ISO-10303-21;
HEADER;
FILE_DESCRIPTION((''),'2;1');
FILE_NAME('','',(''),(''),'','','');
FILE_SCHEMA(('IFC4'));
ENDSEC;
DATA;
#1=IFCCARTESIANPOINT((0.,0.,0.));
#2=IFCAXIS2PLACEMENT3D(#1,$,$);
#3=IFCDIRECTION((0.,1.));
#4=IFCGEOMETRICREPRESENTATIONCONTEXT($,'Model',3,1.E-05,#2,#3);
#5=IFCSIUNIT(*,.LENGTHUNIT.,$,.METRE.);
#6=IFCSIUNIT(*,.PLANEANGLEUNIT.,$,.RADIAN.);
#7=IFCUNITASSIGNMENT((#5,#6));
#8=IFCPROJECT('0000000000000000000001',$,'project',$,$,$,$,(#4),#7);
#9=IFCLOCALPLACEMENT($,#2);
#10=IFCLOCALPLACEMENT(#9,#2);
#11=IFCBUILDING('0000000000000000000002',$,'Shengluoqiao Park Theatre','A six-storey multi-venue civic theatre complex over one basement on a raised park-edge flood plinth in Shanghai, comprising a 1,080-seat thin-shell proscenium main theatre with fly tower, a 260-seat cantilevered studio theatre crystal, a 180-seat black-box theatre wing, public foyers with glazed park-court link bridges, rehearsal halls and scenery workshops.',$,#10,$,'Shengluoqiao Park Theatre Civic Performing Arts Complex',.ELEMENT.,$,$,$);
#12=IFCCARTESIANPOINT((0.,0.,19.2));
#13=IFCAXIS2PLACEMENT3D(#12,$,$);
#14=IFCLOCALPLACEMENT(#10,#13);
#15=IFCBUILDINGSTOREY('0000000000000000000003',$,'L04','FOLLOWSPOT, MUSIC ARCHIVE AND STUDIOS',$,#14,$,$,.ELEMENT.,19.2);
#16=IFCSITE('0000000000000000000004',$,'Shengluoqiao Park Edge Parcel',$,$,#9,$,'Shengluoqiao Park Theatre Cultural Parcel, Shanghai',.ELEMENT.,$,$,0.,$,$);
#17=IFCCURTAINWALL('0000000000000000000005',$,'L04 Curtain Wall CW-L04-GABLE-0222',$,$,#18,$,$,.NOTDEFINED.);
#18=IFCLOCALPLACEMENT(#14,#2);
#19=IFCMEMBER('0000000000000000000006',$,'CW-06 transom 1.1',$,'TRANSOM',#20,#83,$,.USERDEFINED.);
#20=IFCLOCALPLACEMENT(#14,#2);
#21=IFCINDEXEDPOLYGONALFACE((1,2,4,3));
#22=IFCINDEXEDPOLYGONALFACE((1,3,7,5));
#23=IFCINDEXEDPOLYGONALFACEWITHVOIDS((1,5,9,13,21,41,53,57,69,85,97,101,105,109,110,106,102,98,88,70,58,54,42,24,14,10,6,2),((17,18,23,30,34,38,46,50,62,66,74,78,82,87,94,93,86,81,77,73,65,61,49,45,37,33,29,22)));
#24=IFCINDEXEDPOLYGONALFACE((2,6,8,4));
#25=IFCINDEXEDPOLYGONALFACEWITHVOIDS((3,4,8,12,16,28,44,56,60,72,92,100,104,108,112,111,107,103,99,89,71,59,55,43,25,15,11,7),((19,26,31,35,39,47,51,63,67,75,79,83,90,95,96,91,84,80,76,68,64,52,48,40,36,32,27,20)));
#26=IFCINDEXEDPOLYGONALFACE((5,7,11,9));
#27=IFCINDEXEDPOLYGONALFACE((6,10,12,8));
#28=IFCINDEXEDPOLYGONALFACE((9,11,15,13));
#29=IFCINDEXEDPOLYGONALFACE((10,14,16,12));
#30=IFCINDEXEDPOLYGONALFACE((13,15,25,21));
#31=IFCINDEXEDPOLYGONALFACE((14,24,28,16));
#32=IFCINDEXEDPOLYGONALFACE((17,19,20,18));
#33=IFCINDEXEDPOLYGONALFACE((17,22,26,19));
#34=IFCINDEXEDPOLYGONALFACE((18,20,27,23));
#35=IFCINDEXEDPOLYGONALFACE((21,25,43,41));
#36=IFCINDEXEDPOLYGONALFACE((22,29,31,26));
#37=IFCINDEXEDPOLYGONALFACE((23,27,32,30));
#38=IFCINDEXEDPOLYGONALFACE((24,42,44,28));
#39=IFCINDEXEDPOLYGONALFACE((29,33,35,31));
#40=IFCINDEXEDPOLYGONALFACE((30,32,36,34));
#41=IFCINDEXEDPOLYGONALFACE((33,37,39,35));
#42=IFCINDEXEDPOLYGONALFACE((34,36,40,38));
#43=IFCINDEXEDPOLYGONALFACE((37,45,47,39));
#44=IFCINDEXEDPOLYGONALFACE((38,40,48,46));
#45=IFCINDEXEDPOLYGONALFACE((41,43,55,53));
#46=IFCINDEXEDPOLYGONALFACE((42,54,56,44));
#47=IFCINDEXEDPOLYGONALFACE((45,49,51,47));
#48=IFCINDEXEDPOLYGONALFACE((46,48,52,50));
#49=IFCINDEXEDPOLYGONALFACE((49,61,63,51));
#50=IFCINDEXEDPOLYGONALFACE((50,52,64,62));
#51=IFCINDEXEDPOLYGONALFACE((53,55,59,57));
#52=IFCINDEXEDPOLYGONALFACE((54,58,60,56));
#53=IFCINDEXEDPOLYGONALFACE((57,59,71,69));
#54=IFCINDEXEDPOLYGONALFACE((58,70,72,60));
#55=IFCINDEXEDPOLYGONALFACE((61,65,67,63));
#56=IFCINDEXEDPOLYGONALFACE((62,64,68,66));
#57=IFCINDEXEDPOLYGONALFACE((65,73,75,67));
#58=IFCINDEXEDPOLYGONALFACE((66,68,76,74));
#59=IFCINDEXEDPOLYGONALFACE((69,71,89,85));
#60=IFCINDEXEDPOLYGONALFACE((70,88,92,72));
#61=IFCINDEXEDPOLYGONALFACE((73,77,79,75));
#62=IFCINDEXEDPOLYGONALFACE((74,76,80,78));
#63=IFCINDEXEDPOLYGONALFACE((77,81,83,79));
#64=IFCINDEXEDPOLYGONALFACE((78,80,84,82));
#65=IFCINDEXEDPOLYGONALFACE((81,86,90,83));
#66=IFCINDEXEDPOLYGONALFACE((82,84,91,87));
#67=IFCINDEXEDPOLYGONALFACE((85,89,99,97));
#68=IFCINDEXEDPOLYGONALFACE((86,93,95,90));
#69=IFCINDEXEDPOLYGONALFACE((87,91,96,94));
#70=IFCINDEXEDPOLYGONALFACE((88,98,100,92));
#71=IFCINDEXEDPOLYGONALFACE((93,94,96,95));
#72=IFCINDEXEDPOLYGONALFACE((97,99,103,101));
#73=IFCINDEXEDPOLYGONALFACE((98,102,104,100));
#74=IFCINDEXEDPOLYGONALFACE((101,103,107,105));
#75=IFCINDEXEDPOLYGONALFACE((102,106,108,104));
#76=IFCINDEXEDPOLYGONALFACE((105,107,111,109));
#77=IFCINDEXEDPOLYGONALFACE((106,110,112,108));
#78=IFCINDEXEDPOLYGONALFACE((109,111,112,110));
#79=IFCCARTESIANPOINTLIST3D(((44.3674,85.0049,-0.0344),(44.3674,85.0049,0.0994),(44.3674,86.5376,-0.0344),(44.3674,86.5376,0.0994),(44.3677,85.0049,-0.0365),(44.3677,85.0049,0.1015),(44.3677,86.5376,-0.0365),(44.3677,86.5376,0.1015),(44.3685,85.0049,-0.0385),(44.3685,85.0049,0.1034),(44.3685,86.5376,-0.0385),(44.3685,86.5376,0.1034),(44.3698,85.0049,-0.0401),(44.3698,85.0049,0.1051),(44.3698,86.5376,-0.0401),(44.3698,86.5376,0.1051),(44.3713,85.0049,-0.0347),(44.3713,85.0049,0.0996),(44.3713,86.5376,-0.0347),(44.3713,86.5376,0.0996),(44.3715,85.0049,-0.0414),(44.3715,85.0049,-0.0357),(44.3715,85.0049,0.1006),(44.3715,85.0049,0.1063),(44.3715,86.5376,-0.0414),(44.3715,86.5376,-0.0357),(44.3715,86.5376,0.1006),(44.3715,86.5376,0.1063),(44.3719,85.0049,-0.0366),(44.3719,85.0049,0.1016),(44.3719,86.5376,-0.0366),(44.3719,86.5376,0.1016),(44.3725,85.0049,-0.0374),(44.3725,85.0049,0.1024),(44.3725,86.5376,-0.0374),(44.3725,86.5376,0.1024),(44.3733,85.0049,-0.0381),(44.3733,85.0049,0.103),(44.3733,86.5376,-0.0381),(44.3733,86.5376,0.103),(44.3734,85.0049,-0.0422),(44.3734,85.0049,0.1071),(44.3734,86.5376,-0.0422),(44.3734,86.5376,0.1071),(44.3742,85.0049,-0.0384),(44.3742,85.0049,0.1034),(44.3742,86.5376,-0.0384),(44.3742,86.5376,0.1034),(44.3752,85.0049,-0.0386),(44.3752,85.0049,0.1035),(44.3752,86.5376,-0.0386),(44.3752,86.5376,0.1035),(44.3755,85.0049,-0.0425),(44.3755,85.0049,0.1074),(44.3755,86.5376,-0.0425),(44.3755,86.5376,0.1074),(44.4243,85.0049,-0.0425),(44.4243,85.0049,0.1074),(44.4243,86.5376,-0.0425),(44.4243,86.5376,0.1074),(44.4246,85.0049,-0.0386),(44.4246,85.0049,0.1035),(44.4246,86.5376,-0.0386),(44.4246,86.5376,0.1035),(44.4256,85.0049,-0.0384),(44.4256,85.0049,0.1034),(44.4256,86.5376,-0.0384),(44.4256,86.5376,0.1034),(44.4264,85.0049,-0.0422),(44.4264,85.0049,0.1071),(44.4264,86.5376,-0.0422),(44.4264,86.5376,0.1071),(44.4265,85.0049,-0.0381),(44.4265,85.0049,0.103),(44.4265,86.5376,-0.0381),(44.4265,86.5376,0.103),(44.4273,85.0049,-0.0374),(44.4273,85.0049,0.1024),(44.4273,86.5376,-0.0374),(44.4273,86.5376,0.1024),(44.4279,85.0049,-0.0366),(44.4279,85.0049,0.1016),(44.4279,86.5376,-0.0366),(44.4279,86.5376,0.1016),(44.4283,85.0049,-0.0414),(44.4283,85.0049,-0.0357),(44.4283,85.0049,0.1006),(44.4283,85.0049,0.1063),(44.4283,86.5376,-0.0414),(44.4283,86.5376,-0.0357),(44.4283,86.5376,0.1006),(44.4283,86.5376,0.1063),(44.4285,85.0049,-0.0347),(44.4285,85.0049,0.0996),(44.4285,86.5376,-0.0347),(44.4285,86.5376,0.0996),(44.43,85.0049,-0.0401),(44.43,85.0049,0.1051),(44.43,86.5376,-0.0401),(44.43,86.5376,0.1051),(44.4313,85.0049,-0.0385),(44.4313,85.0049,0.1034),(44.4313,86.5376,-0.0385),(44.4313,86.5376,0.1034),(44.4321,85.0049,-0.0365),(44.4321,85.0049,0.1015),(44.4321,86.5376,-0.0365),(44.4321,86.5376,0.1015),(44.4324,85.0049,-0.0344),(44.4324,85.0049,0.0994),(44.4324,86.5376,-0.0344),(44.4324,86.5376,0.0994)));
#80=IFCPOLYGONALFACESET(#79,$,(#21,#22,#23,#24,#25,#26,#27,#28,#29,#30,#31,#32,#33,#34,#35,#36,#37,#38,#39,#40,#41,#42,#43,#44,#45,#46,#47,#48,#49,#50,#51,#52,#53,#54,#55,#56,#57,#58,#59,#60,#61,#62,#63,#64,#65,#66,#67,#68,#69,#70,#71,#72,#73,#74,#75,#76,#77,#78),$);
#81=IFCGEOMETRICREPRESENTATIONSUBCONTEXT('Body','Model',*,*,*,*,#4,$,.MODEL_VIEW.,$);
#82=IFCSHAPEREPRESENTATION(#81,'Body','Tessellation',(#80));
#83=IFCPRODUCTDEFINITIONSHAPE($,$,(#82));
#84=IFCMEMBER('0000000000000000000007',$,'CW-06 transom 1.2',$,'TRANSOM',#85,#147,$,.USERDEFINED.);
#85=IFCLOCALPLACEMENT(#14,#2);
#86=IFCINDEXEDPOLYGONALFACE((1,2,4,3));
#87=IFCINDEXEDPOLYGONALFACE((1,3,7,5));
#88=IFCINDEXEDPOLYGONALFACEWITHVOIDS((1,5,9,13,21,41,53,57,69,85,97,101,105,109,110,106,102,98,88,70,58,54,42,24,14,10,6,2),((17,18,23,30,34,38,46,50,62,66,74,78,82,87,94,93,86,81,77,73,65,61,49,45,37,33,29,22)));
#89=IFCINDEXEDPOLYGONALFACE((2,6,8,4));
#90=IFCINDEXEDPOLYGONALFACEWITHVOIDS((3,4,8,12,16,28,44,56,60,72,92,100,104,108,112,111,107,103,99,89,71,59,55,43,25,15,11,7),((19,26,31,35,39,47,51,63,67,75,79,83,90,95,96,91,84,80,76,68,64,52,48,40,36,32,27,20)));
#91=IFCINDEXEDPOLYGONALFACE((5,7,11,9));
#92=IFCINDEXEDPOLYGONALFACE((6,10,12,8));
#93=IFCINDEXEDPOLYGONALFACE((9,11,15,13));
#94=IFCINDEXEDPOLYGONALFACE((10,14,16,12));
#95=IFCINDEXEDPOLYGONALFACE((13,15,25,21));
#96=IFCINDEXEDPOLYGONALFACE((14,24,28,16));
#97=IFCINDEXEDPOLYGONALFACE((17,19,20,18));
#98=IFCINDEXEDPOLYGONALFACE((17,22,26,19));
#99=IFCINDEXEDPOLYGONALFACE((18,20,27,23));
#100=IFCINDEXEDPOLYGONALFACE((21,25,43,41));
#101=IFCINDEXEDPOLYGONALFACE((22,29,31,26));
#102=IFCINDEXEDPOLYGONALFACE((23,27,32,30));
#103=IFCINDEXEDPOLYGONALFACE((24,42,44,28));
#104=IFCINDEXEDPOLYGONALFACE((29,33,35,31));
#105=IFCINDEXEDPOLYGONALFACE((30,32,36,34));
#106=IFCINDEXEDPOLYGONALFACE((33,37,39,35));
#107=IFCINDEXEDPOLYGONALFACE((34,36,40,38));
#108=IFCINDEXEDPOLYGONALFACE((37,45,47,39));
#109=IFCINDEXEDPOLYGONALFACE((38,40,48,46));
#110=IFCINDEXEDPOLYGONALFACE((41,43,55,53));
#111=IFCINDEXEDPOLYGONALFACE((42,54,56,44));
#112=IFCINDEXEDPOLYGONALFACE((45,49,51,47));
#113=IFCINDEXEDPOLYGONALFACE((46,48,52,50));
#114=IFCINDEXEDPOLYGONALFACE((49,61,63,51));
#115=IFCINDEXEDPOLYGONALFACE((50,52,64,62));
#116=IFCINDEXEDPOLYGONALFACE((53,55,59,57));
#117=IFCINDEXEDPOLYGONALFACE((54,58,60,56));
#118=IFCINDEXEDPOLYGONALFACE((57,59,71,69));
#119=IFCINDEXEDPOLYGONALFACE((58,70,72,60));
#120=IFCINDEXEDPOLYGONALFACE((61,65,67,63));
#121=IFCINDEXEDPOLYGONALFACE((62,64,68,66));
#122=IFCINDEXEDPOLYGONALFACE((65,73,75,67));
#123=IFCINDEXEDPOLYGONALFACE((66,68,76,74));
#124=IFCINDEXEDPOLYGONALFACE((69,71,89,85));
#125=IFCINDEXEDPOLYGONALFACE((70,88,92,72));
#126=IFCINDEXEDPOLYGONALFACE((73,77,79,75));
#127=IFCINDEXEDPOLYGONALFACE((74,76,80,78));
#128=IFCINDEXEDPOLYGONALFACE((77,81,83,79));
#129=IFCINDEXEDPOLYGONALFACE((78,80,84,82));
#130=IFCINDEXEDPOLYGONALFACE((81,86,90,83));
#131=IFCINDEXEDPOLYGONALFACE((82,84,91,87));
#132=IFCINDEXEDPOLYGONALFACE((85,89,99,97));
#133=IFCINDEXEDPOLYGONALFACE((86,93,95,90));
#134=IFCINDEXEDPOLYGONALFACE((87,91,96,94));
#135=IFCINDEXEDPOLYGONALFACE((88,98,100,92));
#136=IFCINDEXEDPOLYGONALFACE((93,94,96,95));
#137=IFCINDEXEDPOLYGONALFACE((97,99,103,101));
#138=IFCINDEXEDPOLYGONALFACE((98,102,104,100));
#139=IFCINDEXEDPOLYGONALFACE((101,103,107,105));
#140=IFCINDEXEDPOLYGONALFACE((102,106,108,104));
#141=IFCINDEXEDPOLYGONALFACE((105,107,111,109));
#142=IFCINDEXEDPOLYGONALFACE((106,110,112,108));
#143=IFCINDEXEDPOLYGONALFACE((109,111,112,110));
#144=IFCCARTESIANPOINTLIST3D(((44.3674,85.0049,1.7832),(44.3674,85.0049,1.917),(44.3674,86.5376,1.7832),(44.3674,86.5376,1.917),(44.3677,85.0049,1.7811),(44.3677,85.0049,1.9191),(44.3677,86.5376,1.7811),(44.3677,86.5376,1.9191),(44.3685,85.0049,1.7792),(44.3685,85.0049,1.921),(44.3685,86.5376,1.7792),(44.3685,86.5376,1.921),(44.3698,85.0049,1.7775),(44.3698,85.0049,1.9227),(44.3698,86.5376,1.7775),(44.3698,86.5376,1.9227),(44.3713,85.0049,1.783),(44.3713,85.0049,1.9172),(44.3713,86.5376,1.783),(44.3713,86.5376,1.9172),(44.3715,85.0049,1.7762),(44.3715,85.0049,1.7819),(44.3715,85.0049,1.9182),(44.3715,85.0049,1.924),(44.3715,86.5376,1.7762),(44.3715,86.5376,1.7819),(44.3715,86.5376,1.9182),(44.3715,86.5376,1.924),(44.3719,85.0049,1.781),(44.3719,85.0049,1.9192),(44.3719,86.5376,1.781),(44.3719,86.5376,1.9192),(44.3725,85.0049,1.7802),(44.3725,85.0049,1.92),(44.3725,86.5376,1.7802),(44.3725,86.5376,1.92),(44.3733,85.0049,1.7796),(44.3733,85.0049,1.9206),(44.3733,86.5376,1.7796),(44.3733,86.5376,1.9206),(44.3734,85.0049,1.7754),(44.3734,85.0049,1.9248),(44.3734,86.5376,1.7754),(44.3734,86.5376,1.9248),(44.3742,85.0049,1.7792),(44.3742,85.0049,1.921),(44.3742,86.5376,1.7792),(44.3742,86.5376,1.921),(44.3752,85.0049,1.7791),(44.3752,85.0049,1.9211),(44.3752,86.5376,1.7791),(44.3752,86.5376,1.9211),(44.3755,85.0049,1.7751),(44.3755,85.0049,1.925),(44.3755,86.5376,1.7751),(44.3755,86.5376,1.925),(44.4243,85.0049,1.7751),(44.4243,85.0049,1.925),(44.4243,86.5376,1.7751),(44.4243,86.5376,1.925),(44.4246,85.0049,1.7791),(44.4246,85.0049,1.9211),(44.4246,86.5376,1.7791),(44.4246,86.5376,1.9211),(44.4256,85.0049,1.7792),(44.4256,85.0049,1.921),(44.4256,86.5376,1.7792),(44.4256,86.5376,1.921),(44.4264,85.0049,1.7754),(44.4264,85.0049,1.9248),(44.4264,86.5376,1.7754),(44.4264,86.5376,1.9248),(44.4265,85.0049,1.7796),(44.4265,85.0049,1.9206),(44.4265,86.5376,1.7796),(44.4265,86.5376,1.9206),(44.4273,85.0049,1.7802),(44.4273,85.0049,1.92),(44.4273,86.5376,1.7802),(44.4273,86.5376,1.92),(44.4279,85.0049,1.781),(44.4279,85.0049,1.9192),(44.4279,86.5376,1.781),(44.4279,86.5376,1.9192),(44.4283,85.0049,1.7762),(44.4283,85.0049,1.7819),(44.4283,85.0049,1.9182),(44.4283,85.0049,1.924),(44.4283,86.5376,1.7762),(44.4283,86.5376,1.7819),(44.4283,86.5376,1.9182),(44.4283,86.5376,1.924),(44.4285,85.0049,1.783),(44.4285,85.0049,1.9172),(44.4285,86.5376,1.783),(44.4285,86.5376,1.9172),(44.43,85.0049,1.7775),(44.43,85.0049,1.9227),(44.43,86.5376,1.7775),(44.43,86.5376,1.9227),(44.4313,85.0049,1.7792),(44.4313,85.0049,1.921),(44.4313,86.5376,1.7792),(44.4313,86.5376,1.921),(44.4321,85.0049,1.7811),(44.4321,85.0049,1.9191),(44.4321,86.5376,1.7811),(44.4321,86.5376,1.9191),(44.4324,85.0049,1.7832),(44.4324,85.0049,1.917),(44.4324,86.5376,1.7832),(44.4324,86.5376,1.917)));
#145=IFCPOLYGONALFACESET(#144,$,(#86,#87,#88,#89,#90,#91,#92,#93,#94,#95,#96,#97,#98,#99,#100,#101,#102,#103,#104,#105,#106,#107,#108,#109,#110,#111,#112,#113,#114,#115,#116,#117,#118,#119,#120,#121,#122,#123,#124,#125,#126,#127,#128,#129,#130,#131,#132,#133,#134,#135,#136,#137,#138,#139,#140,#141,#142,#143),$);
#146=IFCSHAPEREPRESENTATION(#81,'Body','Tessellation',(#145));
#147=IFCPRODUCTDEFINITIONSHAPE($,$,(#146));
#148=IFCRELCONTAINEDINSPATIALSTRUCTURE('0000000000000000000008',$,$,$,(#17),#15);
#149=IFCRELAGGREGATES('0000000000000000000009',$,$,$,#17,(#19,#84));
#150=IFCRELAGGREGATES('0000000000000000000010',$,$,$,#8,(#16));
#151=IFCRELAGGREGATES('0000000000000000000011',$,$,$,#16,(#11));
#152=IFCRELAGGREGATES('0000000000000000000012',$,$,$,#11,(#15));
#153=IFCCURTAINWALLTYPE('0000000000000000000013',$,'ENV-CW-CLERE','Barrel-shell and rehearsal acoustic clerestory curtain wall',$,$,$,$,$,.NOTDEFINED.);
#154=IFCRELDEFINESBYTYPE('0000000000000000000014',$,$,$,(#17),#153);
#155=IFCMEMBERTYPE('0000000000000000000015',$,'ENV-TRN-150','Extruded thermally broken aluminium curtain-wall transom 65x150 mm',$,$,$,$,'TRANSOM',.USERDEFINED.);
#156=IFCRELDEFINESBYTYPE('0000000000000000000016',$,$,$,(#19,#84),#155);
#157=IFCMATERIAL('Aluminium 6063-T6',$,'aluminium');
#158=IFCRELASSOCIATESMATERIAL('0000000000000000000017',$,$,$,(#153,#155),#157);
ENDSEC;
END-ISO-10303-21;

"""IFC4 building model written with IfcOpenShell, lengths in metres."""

from ifc_helpers import new_model, si_unit, direction, frame, origin, origin_2d, place, context, subcontext, project, spatial, hollow_rectangle, extrude, material, material_profile, profile_set, type_object, element, aggregate, save


model = new_model("IFC4")

# Units and contexts
model_context = context("Model", 3, precision=1e-05, world=origin(), true_north=direction((0.0, 1.0)))
body_context = subcontext(model_context, "Body", "Model", "MODEL_VIEW")
ifc_project = project(units=[si_unit("LENGTHUNIT", "METRE"), si_unit("PLANEANGLEUNIT", "RADIAN")], contexts=[model_context])

# Site, building, storey
site_placement = place(None, origin())
site = spatial("IfcSite", under=ifc_project, at=site_placement, Name="Shengluoqiao Park Edge Parcel", LongName="Shengluoqiao Park Theatre Cultural Parcel, Shanghai", CompositionType="ELEMENT", RefElevation=0.0)
building_placement = place(site_placement, origin())
building = spatial("IfcBuilding", under=site, at=building_placement, Name="Shengluoqiao Park Theatre", Description="A six-storey multi-venue civic theatre complex over one basement on a raised park-edge flood plinth in Shanghai, comprising a 1,080-seat thin-shell proscenium main theatre with fly tower, a 260-seat cantilevered studio theatre crystal, a 180-seat black-box theatre wing, public foyers with glazed park-court link bridges, rehearsal halls and scenery workshops.", LongName="Shengluoqiao Park Theatre Civic Performing Arts Complex", CompositionType="ELEMENT")
storey_placement = place(building_placement, frame((0.0, 0.0, 19.2)))
storey = spatial("IfcBuildingStorey", under=building, at=storey_placement, Name="L04", Description="FOLLOWSPOT, MUSIC ARCHIVE AND STUDIOS", CompositionType="ELEMENT", Elevation=19.2)

# Shared definitions
ifc_material_1 = material(Name="Aluminium 6063-T6", Category="aluminium")
curtain_wall_type = type_object("IfcCurtainWallType", Name="ENV-CW-CLERE", Description="Barrel-shell and rehearsal acoustic clerestory curtain wall", PredefinedType="NOTDEFINED", material=ifc_material_1)

# Curtain wall
curtain_wall_1_placement = place(storey_placement, origin())
curtain_wall_1 = element("IfcCurtainWall", 1, at=curtain_wall_1_placement, inside=storey, type_object=curtain_wall_type, Name="L04 Curtain Wall CW-L04-GABLE-0222", PredefinedType="NOTDEFINED")

# Members
ifc_material_profile_1 = material_profile(ifc_material_1, hollow_rectangle(XDim=0.0649, YDim=0.1499, WallThickness=0.0039, InnerFilletRadius=0.0039, OuterFilletRadius=0.0081, at=origin_2d()), Name="ALU TRANSOM 150x65x4")
ifc_profile_set_1 = profile_set([ifc_material_profile_1], Name="Aluminium 6063-T6")
member_type_1 = type_object("IfcMemberType", Name="ENV-TRN-150", Description="Extruded thermally broken aluminium curtain-wall transom 65x150 mm", ElementType="TRANSOM", PredefinedType="USERDEFINED", material=ifc_profile_set_1)
member_1_placement = place(storey_placement, frame((44.3999, 85.0049, 0.0325), z_axis=(0.0, 1.0, 0.0), x_axis=(-1.0, 0.0, 0.0)))
member_1 = element("IfcMember", 2, at=member_1_placement, type_object=member_type_1, Name="CW-06 transom 1.1", ObjectType="TRANSOM", PredefinedType="USERDEFINED", context=body_context, shape_type="SweptSolid", body=[
    extrude(hollow_rectangle(XDim=0.0649, YDim=0.1499, WallThickness=0.0039, InnerFilletRadius=0.0039, OuterFilletRadius=0.0081, at=origin_2d()), origin(), (0.0, 0.0, 1.0), 1.5327),
])
member_2_placement = place(storey_placement, frame((44.3999, 85.0049, 1.8501), z_axis=(0.0, 1.0, 0.0), x_axis=(-1.0, 0.0, 0.0)))
member_2 = element("IfcMember", 3, at=member_2_placement, type_object=member_type_1, Name="CW-06 transom 1.2", ObjectType="TRANSOM", PredefinedType="USERDEFINED", context=body_context, shape_type="SweptSolid", body=[
    extrude(hollow_rectangle(XDim=0.0649, YDim=0.1499, WallThickness=0.0039, InnerFilletRadius=0.0039, OuterFilletRadius=0.0081, at=origin_2d()), origin(), (0.0, 0.0, 1.0), 1.5327),
])

aggregate(curtain_wall_1, [member_1, member_2])

save(model, "model.ifc")
